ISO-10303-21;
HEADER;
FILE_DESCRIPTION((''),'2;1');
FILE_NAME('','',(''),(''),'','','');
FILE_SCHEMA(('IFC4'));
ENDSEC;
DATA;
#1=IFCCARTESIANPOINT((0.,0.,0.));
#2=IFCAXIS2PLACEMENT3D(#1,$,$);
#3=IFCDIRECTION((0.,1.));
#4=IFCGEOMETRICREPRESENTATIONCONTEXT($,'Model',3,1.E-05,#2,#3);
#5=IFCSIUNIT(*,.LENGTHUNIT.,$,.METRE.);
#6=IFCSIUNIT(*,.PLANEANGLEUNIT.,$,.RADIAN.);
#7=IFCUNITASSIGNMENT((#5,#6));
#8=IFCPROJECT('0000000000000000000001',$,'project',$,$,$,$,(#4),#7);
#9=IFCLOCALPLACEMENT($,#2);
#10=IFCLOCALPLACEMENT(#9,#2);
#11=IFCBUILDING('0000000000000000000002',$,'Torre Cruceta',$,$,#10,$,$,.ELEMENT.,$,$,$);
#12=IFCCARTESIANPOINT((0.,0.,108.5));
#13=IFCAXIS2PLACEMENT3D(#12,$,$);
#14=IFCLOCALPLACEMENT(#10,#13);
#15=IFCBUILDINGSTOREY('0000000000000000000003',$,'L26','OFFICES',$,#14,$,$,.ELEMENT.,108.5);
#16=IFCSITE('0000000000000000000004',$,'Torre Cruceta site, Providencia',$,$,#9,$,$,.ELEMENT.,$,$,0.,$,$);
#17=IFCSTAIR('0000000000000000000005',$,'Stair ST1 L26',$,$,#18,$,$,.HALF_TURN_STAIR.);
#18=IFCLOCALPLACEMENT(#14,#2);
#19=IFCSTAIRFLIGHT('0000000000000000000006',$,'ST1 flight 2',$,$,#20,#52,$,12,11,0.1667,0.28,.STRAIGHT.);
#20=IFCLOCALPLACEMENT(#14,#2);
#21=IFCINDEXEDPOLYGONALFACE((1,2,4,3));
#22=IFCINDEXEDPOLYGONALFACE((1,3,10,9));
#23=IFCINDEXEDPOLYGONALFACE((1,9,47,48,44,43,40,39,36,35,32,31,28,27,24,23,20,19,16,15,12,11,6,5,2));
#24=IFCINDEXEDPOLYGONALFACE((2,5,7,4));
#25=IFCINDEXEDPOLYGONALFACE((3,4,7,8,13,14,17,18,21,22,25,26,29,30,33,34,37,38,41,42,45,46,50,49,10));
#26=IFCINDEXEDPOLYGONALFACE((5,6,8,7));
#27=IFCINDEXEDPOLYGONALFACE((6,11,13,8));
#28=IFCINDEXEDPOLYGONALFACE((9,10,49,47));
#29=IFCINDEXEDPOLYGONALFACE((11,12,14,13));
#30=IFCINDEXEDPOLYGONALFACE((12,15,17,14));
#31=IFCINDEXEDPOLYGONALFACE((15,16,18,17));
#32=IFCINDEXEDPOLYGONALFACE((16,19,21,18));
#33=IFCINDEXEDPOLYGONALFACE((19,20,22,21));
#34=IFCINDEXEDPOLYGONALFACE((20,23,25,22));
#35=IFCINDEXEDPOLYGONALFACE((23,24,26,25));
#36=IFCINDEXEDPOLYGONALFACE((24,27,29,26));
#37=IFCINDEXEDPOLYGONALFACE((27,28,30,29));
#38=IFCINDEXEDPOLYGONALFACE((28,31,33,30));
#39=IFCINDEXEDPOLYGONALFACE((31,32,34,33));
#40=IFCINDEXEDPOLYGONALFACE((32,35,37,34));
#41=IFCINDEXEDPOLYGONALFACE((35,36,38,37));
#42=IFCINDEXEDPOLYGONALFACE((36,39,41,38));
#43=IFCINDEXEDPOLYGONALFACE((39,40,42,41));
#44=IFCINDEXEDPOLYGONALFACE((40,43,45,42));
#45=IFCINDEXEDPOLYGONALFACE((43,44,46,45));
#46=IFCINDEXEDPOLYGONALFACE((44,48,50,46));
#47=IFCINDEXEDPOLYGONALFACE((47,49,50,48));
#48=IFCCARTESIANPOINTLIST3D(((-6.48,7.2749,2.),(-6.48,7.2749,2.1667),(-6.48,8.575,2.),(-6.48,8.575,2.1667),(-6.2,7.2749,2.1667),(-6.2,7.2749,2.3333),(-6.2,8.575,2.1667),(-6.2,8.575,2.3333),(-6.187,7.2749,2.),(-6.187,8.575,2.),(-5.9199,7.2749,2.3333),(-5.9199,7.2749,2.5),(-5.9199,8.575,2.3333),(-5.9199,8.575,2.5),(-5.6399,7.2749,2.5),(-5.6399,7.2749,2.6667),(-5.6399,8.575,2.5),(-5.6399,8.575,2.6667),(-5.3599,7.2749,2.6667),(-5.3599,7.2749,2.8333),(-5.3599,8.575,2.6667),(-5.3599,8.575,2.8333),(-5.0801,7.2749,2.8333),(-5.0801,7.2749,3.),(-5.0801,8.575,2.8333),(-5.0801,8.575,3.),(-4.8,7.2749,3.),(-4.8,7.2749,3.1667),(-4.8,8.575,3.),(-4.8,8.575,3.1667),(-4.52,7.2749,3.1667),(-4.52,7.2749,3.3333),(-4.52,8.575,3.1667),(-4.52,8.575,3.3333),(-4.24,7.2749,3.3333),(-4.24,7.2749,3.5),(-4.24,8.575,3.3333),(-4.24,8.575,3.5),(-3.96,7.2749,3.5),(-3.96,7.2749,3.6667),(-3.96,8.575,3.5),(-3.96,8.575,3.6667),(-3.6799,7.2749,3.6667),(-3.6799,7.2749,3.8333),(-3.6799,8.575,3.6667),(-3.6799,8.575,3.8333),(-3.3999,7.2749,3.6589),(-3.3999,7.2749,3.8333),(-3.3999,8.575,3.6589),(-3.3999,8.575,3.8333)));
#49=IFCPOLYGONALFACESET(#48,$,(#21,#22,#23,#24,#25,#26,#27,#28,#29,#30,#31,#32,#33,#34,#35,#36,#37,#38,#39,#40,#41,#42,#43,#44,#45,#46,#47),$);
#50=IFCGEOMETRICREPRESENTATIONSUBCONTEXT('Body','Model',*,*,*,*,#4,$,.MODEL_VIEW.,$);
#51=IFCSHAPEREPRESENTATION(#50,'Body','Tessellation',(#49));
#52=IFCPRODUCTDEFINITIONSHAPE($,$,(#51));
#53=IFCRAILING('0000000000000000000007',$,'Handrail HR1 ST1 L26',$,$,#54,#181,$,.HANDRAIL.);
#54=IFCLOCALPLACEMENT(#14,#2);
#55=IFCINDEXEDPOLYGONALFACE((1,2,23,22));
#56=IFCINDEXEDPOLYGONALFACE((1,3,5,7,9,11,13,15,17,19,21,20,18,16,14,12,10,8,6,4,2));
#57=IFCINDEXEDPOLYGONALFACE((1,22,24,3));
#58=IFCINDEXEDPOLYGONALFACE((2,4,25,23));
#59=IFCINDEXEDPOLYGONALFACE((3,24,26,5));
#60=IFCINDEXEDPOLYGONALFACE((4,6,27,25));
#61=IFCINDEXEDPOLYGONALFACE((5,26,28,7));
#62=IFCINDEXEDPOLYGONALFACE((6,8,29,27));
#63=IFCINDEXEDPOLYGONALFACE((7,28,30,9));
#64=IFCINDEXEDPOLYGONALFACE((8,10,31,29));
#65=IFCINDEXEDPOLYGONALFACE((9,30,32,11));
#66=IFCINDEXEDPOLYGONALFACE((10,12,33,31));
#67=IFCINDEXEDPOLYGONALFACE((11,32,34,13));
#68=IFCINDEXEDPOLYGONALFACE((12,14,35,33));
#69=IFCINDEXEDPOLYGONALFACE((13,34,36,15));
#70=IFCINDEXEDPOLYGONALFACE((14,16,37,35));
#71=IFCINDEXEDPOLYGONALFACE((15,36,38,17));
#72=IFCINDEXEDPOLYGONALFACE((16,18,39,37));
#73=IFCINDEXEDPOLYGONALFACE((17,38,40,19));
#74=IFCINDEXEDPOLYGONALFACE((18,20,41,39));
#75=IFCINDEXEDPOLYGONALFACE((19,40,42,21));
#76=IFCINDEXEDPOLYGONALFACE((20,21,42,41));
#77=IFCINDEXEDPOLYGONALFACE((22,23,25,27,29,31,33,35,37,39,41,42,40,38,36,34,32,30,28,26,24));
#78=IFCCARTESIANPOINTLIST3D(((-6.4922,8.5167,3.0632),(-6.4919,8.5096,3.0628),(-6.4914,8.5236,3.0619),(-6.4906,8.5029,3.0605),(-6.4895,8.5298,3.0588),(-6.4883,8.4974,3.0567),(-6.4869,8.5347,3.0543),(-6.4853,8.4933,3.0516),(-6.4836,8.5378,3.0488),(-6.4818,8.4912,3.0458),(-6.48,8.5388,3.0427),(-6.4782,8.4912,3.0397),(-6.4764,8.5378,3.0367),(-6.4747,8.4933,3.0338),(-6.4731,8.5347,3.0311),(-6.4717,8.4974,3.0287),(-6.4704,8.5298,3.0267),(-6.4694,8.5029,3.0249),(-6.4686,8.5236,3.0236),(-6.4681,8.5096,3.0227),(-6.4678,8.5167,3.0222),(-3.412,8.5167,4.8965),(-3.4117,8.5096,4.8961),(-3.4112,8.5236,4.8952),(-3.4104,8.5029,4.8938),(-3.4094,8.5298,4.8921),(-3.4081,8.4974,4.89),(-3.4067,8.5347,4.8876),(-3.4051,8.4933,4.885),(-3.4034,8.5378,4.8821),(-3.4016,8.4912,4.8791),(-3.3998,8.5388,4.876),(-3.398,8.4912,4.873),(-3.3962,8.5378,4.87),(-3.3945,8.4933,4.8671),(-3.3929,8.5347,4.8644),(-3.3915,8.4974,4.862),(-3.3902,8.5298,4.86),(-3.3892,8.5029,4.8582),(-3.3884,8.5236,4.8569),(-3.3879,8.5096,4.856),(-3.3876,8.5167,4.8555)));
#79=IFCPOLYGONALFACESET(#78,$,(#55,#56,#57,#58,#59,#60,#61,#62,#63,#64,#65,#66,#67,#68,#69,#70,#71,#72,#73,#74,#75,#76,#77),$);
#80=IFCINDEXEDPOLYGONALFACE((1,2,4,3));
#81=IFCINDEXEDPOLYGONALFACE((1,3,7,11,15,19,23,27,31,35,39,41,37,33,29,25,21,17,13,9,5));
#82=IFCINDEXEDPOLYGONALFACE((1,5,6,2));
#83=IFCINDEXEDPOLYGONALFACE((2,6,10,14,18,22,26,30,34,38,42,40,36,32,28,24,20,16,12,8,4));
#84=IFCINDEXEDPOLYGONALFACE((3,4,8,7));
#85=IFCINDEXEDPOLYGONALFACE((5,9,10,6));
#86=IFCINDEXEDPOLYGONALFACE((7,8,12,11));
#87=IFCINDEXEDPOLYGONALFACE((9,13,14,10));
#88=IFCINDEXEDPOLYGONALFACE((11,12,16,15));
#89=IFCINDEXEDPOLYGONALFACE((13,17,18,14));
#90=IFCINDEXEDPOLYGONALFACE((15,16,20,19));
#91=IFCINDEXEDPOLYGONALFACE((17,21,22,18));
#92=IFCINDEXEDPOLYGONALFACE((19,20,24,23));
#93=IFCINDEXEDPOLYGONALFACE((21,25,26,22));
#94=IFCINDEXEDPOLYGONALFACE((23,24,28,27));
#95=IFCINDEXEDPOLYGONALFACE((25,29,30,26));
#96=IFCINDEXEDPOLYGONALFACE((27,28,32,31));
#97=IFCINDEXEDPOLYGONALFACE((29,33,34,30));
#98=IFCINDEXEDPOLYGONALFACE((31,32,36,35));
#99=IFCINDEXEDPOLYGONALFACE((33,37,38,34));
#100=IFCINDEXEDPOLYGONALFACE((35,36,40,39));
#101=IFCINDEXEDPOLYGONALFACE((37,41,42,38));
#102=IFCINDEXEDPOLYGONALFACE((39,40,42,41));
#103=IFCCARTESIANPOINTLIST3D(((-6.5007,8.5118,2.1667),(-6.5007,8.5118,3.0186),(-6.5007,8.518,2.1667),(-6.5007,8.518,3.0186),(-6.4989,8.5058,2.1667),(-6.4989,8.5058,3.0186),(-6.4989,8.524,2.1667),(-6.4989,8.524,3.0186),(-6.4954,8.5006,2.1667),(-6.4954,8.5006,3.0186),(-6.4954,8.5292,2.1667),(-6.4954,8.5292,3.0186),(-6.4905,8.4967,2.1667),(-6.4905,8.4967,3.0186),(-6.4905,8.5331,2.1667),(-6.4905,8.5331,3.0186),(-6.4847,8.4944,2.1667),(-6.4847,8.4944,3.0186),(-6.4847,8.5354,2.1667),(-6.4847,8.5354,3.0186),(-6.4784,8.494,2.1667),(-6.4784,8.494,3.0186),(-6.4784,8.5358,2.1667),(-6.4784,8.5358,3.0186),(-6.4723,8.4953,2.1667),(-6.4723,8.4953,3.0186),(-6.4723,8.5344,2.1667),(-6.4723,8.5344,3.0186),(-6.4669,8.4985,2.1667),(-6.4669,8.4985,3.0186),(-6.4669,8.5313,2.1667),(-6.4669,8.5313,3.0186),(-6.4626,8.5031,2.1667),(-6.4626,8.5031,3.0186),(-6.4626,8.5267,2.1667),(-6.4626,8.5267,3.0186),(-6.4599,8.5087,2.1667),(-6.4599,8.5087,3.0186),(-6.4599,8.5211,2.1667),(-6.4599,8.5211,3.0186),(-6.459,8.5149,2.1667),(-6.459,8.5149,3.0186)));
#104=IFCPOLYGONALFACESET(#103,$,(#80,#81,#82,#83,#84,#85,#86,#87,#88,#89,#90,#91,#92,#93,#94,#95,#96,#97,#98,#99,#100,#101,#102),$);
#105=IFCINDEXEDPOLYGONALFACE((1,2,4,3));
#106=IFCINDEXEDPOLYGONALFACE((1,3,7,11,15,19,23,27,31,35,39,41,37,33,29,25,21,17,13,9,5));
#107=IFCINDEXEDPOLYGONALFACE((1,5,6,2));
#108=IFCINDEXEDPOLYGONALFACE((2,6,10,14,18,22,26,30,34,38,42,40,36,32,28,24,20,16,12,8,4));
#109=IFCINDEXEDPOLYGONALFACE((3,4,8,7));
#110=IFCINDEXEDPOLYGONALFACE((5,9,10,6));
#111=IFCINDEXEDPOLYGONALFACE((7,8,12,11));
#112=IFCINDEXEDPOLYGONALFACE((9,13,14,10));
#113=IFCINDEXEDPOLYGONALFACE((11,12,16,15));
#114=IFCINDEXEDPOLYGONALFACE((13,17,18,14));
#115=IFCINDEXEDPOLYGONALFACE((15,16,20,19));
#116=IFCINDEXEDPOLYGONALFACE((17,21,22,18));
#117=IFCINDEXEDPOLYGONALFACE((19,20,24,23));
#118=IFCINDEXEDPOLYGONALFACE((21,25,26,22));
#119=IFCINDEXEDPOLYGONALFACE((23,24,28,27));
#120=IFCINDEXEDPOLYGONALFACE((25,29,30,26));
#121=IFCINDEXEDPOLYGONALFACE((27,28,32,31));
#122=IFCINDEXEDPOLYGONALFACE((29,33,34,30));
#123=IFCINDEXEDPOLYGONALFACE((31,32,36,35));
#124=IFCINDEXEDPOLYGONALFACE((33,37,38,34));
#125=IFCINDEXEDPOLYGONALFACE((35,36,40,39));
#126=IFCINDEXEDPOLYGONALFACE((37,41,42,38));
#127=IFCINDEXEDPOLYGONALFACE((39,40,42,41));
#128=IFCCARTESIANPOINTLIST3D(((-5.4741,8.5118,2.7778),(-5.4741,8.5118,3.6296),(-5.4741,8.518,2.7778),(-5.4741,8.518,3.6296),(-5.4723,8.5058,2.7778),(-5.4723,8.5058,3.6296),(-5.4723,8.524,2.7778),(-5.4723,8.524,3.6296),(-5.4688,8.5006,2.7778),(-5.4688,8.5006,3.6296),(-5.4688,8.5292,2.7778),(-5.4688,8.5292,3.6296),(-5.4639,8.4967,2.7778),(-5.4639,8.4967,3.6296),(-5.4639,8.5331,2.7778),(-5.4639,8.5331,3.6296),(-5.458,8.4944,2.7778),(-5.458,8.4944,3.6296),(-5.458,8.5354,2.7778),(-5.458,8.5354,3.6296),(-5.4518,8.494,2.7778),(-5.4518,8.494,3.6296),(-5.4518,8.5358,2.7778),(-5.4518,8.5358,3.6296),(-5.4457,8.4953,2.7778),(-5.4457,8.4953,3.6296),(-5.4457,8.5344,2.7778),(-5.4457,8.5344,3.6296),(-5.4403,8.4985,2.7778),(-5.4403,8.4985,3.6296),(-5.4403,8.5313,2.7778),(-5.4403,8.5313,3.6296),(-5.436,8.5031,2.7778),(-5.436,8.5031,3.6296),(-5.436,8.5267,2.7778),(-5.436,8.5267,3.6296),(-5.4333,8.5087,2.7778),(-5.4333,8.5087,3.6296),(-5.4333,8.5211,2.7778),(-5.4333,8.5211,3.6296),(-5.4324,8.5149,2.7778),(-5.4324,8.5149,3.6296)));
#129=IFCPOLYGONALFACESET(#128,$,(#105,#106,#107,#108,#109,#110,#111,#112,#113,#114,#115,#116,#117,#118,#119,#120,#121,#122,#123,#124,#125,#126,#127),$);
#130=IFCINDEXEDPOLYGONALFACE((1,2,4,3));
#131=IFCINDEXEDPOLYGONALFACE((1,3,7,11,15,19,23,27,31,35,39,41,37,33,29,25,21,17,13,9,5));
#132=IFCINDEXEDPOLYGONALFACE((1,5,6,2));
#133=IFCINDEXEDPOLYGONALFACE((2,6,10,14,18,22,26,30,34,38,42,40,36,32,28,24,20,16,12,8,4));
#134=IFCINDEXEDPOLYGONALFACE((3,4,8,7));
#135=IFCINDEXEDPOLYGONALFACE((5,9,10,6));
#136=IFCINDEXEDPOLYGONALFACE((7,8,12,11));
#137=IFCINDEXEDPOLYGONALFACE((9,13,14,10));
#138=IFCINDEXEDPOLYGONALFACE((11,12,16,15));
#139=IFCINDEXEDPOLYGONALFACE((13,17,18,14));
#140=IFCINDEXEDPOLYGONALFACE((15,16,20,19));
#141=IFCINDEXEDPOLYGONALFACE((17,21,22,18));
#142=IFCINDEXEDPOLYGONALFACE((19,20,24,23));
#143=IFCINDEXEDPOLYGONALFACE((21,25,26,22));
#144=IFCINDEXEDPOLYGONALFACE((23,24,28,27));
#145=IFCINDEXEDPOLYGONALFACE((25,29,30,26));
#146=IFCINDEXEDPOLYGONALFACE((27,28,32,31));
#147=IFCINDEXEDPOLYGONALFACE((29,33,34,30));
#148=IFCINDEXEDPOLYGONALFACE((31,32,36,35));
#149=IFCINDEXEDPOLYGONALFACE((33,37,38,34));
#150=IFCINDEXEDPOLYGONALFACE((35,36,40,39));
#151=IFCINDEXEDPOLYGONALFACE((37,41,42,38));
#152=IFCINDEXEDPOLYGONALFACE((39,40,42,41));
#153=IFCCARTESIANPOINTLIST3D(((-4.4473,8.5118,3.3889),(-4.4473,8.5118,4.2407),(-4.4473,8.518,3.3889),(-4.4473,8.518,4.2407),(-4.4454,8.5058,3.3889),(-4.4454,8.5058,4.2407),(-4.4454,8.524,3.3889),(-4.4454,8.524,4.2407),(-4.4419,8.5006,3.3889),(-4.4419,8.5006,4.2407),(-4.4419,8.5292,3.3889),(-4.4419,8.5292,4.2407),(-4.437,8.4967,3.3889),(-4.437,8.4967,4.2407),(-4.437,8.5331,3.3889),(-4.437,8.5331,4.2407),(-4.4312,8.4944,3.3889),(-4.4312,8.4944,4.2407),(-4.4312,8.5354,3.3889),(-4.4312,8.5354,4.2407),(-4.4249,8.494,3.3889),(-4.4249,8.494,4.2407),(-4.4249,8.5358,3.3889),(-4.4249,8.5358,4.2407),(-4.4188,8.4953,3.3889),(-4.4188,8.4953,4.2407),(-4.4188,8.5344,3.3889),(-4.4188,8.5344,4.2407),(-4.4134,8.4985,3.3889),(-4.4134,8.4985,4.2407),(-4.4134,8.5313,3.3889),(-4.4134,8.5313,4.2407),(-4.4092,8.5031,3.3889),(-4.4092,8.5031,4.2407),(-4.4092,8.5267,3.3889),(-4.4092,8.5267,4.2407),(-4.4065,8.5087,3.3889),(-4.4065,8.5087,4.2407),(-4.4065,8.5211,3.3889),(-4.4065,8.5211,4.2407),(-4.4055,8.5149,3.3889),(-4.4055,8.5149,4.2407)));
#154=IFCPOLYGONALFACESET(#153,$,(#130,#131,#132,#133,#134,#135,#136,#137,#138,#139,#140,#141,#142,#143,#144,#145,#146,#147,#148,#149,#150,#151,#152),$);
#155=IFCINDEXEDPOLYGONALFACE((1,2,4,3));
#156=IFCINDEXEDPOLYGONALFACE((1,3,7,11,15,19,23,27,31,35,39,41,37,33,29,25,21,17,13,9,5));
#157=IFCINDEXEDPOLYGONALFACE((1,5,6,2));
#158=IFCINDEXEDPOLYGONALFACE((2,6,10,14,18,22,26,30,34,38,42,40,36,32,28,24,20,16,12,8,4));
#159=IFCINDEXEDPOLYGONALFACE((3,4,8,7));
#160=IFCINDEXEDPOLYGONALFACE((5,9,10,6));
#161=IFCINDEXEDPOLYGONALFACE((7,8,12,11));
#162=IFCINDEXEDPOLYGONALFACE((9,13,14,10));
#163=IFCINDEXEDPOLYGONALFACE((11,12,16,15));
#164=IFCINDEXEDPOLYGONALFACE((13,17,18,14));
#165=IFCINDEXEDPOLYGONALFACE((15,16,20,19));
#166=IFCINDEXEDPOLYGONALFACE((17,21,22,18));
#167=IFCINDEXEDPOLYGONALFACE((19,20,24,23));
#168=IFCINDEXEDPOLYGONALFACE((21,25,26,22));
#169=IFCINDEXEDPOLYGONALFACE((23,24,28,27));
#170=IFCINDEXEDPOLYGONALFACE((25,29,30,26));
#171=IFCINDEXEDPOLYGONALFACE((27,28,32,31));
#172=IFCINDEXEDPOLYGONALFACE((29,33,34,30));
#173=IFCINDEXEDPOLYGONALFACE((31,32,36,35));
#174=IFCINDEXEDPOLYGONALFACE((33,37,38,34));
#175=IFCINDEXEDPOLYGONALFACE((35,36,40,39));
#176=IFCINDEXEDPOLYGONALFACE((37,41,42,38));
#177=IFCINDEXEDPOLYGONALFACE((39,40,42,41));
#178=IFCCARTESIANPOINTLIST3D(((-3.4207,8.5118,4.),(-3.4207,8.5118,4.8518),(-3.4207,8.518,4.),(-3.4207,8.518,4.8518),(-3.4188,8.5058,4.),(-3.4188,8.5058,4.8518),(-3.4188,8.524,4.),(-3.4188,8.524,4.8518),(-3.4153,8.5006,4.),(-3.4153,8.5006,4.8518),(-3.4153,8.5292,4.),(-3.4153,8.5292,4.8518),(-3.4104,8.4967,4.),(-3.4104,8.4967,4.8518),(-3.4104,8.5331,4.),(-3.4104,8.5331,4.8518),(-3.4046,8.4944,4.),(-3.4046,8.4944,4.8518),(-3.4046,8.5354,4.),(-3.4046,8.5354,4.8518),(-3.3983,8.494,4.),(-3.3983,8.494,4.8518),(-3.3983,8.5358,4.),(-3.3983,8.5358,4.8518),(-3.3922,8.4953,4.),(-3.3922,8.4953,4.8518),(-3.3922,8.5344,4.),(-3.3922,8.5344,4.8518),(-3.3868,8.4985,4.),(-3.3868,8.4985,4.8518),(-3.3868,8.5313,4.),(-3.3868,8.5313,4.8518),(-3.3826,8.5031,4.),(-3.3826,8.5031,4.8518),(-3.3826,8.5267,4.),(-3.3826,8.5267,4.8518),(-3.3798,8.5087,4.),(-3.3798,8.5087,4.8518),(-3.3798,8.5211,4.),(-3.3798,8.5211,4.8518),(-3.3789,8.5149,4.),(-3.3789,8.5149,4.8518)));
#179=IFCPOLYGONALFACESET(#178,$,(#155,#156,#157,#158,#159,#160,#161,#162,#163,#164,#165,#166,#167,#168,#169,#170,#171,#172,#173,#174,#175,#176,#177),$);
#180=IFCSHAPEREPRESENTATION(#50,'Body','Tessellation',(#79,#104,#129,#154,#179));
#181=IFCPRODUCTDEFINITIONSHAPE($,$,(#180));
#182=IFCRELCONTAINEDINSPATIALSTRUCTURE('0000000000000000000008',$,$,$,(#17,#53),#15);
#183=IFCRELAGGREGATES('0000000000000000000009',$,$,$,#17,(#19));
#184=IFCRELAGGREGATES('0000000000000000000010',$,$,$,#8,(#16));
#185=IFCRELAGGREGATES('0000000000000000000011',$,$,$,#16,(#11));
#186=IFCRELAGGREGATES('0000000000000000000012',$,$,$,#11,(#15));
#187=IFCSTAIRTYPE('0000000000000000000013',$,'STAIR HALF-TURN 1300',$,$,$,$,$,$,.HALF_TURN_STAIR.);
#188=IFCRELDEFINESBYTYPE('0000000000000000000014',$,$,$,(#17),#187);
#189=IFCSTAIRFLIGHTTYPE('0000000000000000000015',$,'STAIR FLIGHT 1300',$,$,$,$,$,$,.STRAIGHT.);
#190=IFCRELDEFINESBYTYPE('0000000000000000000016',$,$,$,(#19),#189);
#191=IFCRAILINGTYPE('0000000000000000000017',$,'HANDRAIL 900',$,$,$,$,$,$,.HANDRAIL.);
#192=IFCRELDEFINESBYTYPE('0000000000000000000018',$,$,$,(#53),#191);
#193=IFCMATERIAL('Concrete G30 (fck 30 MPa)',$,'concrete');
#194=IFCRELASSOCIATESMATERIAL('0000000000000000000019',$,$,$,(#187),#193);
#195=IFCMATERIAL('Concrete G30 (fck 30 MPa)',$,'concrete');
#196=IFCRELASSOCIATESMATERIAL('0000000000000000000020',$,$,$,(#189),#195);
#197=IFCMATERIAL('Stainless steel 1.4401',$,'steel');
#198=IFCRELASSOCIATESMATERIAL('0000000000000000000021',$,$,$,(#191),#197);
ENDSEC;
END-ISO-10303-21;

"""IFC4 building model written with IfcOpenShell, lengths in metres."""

from ifc_helpers import new_model, si_unit, direction, frame, origin, origin_2d, place, context, subcontext, project, spatial, polyline, circle, outline, extrude, material, type_object, element, aggregate, save


model = new_model("IFC4")

# Units and contexts
model_context = context("Model", 3, precision=1e-05, world=origin(), true_north=direction((0.0, 1.0)))
body_context = subcontext(model_context, "Body", "Model", "MODEL_VIEW")
ifc_project = project(units=[si_unit("LENGTHUNIT", "METRE"), si_unit("PLANEANGLEUNIT", "RADIAN")], contexts=[model_context])

# Site, building, storey
site_placement = place(None, origin())
site = spatial("IfcSite", under=ifc_project, at=site_placement, Name="Torre Cruceta site, Providencia", CompositionType="ELEMENT", RefElevation=0.0)
building_placement = place(site_placement, origin())
building = spatial("IfcBuilding", under=site, at=building_placement, Name="Torre Cruceta", CompositionType="ELEMENT")
storey_placement = place(building_placement, frame((0.0, 0.0, 108.5)))
storey = spatial("IfcBuildingStorey", under=building, at=storey_placement, Name="L26", Description="OFFICES", CompositionType="ELEMENT", Elevation=108.5)

# Stair, stair flight
ifc_material_1 = material(Name="Concrete G30 (fck 30 MPa)", Category="concrete")
stair_type = type_object("IfcStairType", Name="STAIR HALF-TURN 1300", PredefinedType="HALF_TURN_STAIR", material=ifc_material_1)
stair_placement = place(storey_placement, origin())
stair = element("IfcStair", 1, at=stair_placement, inside=storey, type_object=stair_type, Name="Stair ST1 L26", PredefinedType="HALF_TURN_STAIR")
ifc_material_2 = material(Name="Concrete G30 (fck 30 MPa)", Category="concrete")
stair_flight_type = type_object("IfcStairFlightType", Name="STAIR FLIGHT 1300", PredefinedType="STRAIGHT", material=ifc_material_2)
stair_flight_1_placement = place(storey_placement, frame((-6.48, 7.925, 2.0), z_axis=(0.0, 0.0, 1.0), x_axis=(1.0, 0.0, 0.0)))
stair_flight_1 = element("IfcStairFlight", 2, at=stair_flight_1_placement, type_object=stair_flight_type, Name="ST1 flight 2", NumberOfRisers=12, NumberOfTreads=11, PredefinedType="STRAIGHT", RiserHeight=0.1667, TreadLength=0.28, context=body_context, shape_type="SweptSolid", body=[
    extrude(outline(polyline([(0.0, 0.0), (0.0, 0.1667), (0.28, 0.1667), (0.28, 0.3333), (0.5601, 0.3333), (0.5601, 0.5), (0.8401, 0.5), (0.8401, 0.6667), (1.1201, 0.6667), (1.1201, 0.8333), (1.3999, 0.8333), (1.3999, 1.0), (1.6799, 1.0), (1.6799, 1.1667), (1.96, 1.1667), (1.96, 1.3333), (2.24, 1.3333), (2.24, 1.5), (2.52, 1.5), (2.52, 1.6667), (2.8, 1.6667), (2.8, 1.8333), (3.0801, 1.8333), (3.0801, 2.0), (3.0801, 1.6589), (0.293, 0.0), (0.0, 0.0)])), frame((0.0, 0.6499, 0.0), z_axis=(0.0, -1.0, 0.0), x_axis=(1.0, 0.0, 0.0)), (0.0, 0.0, 1.0), 1.3),
])
aggregate(stair, [stair_flight_1])

# Railing
ifc_material_3 = material(Name="Stainless steel 1.4401", Category="steel")
railing_type = type_object("IfcRailingType", Name="HANDRAIL 900", PredefinedType="HANDRAIL", material=ifc_material_3)
railing_placement = place(storey_placement, frame((-6.48, 8.5149, 2.1667)))
element("IfcRailing", 3, at=railing_placement, inside=storey, type_object=railing_type, Name="Handrail HR1 ST1 L26", PredefinedType="HANDRAIL", context=body_context, shape_type="SweptSolid", body=[
    extrude(circle(Radius=0.0239, at=origin_2d()), frame((0.0, 0.0, 0.876), z_axis=(0.859309, 0.0, 0.511458), x_axis=(0.0, 1.0, 0.0)), (0.0, 0.0, 1.0), 3.5845),
    extrude(circle(Radius=0.021, at=origin_2d()), origin(), (0.0, 0.0, 1.0), 0.8518),
    extrude(circle(Radius=0.021, at=origin_2d()), frame((1.0266, 0.0, 0.6111)), (0.0, 0.0, 1.0), 0.8518),
    extrude(circle(Radius=0.021, at=origin_2d()), frame((2.0535, 0.0, 1.2222)), (0.0, 0.0, 1.0), 0.8518),
    extrude(circle(Radius=0.021, at=origin_2d()), frame((3.0801, 0.0, 1.8333)), (0.0, 0.0, 1.0), 0.8518),
])

save(model, "model.ifc")
